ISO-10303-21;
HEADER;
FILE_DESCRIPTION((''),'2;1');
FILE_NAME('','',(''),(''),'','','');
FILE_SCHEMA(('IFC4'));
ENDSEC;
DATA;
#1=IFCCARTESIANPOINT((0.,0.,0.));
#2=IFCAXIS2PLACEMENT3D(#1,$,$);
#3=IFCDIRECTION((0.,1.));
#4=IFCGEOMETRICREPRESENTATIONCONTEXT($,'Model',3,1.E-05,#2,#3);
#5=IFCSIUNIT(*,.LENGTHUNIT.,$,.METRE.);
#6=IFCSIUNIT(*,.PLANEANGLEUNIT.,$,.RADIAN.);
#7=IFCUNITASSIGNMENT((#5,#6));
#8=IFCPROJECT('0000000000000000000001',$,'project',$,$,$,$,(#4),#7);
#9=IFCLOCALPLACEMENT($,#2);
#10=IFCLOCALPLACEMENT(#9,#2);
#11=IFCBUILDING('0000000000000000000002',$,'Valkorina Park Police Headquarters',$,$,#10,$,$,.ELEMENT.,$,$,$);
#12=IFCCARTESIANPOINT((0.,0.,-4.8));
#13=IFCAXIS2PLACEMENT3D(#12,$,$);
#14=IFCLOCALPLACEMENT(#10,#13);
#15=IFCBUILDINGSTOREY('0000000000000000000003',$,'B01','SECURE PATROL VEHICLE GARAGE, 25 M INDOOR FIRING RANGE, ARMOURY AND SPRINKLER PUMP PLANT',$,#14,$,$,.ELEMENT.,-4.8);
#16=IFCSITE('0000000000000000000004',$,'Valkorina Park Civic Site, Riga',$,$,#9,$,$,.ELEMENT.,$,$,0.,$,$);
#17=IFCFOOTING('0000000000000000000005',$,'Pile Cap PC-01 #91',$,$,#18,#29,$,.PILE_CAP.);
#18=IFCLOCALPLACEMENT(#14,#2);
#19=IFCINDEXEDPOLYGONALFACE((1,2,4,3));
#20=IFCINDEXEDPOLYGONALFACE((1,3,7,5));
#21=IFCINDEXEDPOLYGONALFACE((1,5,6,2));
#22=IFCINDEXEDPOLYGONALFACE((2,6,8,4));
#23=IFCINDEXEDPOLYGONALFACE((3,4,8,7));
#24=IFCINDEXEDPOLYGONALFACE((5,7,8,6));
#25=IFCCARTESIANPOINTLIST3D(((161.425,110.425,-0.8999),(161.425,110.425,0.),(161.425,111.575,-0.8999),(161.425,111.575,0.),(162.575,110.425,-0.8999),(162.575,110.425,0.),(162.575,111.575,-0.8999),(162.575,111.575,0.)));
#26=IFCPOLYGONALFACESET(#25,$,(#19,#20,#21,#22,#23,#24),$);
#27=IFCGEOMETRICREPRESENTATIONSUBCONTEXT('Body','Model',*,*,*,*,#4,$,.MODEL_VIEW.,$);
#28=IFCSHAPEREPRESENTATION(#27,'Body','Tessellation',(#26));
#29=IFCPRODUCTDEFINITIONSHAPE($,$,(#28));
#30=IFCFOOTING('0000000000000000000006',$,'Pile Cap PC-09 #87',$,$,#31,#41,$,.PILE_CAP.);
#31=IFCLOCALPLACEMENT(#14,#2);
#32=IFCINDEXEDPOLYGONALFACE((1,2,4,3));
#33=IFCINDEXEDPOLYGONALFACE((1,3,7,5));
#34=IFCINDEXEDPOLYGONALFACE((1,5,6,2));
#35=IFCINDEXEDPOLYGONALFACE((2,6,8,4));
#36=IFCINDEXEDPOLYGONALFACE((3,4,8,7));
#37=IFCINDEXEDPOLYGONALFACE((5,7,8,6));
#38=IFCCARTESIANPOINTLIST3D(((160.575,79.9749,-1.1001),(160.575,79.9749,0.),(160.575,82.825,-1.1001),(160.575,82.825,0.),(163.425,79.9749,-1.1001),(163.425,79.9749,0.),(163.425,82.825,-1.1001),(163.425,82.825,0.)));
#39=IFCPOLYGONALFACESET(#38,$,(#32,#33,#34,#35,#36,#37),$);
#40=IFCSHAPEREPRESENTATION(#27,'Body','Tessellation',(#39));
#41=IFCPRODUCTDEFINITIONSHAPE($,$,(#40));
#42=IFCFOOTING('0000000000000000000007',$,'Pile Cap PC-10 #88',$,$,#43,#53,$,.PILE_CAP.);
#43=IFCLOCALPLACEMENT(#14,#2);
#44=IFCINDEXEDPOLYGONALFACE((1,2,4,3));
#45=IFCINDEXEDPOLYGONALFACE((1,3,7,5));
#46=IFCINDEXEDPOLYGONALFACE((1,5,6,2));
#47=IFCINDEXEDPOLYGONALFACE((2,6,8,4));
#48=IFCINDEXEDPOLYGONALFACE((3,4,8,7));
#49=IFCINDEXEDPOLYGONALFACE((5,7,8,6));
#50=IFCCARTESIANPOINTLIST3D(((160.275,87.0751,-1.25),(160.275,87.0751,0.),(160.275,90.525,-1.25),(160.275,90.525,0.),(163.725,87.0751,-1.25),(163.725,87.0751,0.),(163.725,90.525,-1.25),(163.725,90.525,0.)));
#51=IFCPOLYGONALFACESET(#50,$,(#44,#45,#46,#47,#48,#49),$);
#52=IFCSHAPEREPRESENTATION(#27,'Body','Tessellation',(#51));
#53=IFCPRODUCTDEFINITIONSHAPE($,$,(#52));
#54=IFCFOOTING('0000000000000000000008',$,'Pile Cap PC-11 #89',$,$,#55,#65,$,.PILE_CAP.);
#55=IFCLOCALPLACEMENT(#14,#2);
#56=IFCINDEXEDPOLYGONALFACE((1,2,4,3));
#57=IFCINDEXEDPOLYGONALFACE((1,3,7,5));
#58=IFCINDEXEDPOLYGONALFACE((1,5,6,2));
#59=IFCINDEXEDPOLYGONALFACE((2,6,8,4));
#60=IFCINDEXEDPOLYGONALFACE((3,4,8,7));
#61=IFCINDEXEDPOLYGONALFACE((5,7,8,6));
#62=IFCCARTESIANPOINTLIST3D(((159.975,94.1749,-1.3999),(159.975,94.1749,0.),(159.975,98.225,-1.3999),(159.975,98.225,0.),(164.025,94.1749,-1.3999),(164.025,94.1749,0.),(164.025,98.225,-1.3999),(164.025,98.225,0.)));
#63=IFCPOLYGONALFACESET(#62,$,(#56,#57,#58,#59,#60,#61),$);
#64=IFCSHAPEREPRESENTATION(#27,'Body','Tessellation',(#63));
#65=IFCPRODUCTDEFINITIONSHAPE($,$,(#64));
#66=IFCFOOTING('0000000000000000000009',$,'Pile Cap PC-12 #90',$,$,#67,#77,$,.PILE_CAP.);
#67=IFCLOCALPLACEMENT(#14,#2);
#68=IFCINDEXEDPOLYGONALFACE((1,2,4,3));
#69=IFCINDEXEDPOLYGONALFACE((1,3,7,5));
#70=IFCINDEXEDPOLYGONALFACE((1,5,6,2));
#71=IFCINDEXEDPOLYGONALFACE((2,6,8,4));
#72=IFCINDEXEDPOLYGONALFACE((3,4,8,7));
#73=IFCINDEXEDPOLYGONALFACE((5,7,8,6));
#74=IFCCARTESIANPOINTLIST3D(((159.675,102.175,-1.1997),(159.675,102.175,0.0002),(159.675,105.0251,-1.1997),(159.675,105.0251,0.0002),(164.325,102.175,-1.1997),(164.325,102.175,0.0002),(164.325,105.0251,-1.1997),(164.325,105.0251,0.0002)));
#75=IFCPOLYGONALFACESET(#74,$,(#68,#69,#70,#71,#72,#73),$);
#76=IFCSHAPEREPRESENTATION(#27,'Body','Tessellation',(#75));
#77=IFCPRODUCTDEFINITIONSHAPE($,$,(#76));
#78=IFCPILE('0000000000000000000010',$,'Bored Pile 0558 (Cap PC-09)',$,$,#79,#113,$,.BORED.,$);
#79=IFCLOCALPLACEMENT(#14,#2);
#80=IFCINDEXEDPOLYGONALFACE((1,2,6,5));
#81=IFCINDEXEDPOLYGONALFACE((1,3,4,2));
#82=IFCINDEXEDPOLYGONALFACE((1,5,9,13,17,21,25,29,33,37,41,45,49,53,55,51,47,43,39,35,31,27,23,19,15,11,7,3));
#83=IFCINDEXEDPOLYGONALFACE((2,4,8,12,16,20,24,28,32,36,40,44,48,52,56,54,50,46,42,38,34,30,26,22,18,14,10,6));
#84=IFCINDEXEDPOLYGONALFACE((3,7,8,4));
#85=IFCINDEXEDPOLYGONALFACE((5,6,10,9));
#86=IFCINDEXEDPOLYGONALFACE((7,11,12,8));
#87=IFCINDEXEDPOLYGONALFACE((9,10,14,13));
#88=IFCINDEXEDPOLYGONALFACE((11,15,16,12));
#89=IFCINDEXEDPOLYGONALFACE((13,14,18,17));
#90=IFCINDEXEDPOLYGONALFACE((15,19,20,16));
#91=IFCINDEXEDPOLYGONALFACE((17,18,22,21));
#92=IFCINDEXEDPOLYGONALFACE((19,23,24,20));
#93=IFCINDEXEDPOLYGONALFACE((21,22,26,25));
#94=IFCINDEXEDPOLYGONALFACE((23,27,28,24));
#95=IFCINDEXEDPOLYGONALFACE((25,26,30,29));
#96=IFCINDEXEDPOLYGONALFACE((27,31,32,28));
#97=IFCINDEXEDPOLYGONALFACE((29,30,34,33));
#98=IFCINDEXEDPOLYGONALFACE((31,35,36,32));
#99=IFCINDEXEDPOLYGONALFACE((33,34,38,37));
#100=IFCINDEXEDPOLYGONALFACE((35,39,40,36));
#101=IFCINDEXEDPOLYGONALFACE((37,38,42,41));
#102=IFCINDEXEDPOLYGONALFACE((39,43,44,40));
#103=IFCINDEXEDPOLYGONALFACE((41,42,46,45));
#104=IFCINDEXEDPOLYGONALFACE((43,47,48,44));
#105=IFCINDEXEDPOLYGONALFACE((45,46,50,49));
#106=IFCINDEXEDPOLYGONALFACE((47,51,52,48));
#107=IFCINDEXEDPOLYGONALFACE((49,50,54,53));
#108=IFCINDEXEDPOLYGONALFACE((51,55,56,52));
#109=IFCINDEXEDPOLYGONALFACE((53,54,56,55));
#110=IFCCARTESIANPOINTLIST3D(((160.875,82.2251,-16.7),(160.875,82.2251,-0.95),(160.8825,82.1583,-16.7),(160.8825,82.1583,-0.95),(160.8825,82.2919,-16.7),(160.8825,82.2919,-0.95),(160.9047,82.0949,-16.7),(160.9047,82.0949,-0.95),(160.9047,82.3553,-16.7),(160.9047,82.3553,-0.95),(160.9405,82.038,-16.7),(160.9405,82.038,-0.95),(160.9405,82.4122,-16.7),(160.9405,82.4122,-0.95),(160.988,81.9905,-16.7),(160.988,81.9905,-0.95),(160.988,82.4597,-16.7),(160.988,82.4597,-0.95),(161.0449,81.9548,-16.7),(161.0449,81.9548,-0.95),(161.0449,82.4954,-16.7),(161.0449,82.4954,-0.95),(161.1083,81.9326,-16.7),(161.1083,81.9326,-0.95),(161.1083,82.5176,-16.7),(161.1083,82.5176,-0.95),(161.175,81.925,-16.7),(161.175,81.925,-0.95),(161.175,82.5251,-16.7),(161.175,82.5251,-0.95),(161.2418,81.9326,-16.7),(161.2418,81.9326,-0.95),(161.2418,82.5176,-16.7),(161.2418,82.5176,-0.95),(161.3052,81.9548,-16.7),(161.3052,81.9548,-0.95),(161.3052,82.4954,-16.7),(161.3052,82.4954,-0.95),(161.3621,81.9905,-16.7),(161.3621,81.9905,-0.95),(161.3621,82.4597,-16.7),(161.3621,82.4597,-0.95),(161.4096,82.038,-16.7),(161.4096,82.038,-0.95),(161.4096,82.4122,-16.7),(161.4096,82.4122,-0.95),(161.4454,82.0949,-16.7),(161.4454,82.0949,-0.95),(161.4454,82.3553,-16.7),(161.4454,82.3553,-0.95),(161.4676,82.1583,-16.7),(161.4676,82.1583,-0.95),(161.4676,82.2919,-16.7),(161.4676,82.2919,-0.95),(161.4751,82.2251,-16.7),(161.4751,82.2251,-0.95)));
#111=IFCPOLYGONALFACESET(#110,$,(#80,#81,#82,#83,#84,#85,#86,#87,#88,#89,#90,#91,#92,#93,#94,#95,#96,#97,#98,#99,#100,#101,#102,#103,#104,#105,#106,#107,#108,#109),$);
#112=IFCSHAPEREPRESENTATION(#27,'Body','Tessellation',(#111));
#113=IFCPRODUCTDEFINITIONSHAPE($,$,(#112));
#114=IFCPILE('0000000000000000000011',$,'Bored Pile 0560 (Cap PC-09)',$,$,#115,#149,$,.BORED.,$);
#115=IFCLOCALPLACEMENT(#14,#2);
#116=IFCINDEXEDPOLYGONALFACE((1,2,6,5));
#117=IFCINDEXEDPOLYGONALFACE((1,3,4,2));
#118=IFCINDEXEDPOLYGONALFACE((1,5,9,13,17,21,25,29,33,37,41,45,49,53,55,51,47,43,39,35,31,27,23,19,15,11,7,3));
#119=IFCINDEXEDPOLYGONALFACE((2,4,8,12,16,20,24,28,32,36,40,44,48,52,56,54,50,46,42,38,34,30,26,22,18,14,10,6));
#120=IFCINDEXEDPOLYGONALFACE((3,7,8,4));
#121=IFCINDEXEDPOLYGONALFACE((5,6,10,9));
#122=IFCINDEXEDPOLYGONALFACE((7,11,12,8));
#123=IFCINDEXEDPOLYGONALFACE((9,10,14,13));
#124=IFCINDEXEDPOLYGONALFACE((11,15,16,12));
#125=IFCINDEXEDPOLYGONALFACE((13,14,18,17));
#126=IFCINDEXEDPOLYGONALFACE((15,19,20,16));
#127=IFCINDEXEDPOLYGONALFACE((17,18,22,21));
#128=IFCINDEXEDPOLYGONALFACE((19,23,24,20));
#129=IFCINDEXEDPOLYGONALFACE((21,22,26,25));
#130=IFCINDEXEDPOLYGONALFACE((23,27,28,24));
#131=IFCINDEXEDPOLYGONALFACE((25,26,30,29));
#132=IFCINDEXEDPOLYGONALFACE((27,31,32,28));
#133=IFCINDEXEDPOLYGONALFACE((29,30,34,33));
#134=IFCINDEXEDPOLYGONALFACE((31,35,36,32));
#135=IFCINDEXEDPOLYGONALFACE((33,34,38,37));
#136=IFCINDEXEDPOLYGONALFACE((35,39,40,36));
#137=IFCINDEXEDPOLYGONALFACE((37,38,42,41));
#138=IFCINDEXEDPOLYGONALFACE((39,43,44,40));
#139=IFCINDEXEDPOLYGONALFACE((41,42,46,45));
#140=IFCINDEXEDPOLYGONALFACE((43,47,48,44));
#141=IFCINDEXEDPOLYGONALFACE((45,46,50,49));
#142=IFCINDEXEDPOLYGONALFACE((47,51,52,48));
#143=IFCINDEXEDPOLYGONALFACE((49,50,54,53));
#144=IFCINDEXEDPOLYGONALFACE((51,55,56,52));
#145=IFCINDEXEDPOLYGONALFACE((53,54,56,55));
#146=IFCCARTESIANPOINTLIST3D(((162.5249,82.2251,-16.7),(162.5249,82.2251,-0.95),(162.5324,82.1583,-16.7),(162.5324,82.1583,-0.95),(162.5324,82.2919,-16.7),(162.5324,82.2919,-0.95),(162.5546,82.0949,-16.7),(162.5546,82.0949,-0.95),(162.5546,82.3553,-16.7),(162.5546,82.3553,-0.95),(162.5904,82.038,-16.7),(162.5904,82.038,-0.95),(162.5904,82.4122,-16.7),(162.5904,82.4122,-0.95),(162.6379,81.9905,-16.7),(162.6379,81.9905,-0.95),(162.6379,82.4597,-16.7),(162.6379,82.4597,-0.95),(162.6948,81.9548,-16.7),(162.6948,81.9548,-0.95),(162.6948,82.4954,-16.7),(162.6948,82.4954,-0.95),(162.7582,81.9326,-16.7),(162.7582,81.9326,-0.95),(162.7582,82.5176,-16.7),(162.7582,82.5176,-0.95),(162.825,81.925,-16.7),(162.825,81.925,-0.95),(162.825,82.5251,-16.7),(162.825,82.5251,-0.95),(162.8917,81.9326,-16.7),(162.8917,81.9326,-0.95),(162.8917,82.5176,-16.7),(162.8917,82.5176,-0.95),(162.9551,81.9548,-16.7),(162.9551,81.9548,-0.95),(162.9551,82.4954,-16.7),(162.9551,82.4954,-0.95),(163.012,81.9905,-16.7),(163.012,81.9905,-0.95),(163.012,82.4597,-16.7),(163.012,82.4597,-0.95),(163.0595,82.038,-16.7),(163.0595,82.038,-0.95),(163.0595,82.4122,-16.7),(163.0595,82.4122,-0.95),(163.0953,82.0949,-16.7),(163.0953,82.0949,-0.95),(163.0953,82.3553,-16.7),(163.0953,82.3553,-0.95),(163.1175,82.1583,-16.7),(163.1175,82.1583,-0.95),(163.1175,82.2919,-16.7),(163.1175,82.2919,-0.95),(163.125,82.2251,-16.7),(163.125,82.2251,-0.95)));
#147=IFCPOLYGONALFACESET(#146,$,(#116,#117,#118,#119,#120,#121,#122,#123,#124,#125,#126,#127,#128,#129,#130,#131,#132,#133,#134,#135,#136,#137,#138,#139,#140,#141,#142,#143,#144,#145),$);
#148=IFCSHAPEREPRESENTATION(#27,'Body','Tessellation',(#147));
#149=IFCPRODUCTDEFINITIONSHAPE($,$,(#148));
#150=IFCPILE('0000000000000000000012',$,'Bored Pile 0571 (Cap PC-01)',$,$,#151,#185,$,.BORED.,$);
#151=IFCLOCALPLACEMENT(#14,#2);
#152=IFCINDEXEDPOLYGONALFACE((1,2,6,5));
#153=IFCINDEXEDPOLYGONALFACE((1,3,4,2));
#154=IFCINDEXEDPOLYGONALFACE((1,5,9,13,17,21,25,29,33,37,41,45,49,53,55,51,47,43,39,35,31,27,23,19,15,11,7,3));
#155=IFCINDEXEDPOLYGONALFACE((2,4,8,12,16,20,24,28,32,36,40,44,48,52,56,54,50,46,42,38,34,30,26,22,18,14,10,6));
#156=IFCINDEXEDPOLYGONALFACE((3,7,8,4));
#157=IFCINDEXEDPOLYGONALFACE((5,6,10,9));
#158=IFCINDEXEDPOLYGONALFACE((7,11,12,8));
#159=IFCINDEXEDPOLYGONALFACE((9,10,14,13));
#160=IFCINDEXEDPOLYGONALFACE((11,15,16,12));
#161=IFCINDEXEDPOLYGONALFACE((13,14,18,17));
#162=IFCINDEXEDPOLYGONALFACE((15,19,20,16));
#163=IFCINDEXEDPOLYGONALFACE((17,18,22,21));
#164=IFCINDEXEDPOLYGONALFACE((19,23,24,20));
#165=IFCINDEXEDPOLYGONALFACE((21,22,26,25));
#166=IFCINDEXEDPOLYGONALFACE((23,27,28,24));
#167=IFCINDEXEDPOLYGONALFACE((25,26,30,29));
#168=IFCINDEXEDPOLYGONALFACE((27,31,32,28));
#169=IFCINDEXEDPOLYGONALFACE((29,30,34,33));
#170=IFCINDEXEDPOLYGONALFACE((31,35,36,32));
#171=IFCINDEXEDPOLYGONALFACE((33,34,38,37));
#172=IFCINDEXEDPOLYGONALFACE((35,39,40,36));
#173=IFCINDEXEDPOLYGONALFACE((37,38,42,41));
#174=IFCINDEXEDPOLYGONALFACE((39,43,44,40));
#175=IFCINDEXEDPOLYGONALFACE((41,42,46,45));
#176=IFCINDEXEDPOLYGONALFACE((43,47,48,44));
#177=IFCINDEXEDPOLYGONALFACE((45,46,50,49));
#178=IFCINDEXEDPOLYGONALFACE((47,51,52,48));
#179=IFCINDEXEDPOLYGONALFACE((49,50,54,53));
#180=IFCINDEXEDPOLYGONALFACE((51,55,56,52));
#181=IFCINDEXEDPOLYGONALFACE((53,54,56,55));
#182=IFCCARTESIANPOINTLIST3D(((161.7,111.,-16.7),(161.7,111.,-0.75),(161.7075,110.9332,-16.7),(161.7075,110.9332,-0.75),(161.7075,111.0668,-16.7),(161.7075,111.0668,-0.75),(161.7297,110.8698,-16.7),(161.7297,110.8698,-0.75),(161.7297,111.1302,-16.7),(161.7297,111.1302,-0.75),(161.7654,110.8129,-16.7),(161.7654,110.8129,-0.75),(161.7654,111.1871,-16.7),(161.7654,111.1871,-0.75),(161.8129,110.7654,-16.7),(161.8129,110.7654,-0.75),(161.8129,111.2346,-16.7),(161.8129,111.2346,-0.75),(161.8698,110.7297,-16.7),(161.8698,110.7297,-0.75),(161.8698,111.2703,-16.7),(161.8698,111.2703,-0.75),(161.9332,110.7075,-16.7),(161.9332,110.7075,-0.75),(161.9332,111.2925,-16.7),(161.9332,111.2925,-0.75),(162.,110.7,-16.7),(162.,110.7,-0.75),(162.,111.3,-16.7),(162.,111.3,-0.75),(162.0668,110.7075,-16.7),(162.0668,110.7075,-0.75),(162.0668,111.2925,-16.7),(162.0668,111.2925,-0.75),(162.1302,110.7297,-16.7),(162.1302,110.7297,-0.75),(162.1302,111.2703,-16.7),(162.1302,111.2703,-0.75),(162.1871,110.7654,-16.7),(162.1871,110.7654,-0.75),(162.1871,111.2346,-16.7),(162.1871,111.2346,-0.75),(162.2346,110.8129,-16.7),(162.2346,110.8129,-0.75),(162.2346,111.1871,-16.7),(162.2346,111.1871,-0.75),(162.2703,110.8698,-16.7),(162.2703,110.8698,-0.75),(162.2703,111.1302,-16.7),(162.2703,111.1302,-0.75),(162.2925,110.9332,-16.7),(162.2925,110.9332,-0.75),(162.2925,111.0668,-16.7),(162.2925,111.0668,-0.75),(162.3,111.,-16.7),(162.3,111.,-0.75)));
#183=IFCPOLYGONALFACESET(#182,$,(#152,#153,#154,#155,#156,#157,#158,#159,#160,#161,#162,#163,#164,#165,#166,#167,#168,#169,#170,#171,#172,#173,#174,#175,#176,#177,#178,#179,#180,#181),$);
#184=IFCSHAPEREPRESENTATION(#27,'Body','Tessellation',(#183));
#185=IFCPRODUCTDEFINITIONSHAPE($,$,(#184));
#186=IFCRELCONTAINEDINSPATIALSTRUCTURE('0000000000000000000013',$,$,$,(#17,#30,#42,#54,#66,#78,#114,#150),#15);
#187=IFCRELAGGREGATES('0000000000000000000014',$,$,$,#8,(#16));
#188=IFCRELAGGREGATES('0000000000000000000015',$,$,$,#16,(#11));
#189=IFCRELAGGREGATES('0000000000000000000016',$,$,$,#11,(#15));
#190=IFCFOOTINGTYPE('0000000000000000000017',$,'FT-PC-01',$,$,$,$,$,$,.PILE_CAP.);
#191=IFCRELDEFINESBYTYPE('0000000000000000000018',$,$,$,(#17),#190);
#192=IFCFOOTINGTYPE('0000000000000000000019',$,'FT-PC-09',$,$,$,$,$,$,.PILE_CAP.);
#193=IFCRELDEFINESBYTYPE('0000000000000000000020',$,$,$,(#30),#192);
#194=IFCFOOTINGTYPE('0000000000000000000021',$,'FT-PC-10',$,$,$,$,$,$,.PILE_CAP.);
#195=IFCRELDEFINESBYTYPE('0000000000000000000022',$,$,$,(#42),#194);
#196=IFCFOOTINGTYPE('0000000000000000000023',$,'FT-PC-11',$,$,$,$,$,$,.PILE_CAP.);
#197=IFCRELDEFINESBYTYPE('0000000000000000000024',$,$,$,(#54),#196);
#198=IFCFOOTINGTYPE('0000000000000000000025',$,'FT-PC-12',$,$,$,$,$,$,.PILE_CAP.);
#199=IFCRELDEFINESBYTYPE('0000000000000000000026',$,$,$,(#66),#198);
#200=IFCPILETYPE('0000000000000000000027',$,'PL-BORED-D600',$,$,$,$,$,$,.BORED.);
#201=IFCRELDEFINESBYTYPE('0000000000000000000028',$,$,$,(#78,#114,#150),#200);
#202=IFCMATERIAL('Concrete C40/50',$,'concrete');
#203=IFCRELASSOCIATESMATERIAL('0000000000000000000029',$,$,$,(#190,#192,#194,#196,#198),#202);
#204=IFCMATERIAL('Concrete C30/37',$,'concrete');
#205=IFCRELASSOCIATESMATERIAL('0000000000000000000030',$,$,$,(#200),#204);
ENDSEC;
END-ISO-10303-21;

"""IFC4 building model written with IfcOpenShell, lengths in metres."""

from ifc_helpers import new_model, si_unit, direction, frame, origin, origin_2d, place, context, subcontext, project, spatial, rectangle, circle, extrude, material, material_profile, profile_set, type_object, element, save


model = new_model("IFC4")

# Units and contexts
model_context = context("Model", 3, precision=1e-05, world=origin(), true_north=direction((0.0, 1.0)))
body_context = subcontext(model_context, "Body", "Model", "MODEL_VIEW")
ifc_project = project(units=[si_unit("LENGTHUNIT", "METRE"), si_unit("PLANEANGLEUNIT", "RADIAN")], contexts=[model_context])

# Site, building, storey
site_placement = place(None, origin())
site = spatial("IfcSite", under=ifc_project, at=site_placement, Name="Valkorina Park Civic Site, Riga", CompositionType="ELEMENT", RefElevation=0.0)
building_placement = place(site_placement, origin())
building = spatial("IfcBuilding", under=site, at=building_placement, Name="Valkorina Park Police Headquarters", CompositionType="ELEMENT")
storey_placement = place(building_placement, frame((0.0, 0.0, -4.8)))
storey = spatial("IfcBuildingStorey", under=building, at=storey_placement, Name="B01", Description="SECURE PATROL VEHICLE GARAGE, 25 M INDOOR FIRING RANGE, ARMOURY AND SPRINKLER PUMP PLANT", CompositionType="ELEMENT", Elevation=-4.8)

# Footings
ifc_material_1 = material(Name="Concrete C40/50", Category="concrete")
footing_type_1 = type_object("IfcFootingType", Name="FT-PC-01", PredefinedType="PILE_CAP", material=ifc_material_1)
footing_1_placement = place(storey_placement, frame((162.0, 111.0, -0.8999), z_axis=(0.0, 0.0, 1.0), x_axis=(1.0, 0.0, 0.0)))
element("IfcFooting", 1, at=footing_1_placement, inside=storey, type_object=footing_type_1, Name="Pile Cap PC-01 #91", PredefinedType="PILE_CAP", context=body_context, shape_type="SweptSolid", body=[
    extrude(rectangle(XDim=1.1499, YDim=1.1499, at=origin_2d()), origin(), (0.0, 0.0, 1.0), 0.8999),
])
footing_type_2 = type_object("IfcFootingType", Name="FT-PC-09", PredefinedType="PILE_CAP", material=ifc_material_1)
footing_2_placement = place(storey_placement, frame((162.0, 81.3999, -1.1001), z_axis=(0.0, 0.0, 1.0), x_axis=(1.0, 0.0, 0.0)))
element("IfcFooting", 2, at=footing_2_placement, inside=storey, type_object=footing_type_2, Name="Pile Cap PC-09 #87", PredefinedType="PILE_CAP", context=body_context, shape_type="SweptSolid", body=[
    extrude(rectangle(XDim=2.8501, YDim=2.8501, at=origin_2d()), origin(), (0.0, 0.0, 1.0), 1.1001),
])
footing_type_3 = type_object("IfcFootingType", Name="FT-PC-10", PredefinedType="PILE_CAP", material=ifc_material_1)
footing_3_placement = place(storey_placement, frame((162.0, 88.8, -1.25), z_axis=(0.0, 0.0, 1.0), x_axis=(1.0, 0.0, 0.0)))
element("IfcFooting", 3, at=footing_3_placement, inside=storey, type_object=footing_type_3, Name="Pile Cap PC-10 #88", PredefinedType="PILE_CAP", context=body_context, shape_type="SweptSolid", body=[
    extrude(rectangle(XDim=3.45, YDim=3.45, at=origin_2d()), origin(), (0.0, 0.0, 1.0), 1.25),
])
footing_type_4 = type_object("IfcFootingType", Name="FT-PC-11", PredefinedType="PILE_CAP", material=ifc_material_1)
footing_4_placement = place(storey_placement, frame((162.0, 96.2, -1.3999), z_axis=(0.0, 0.0, 1.0), x_axis=(1.0, 0.0, 0.0)))
element("IfcFooting", 4, at=footing_4_placement, inside=storey, type_object=footing_type_4, Name="Pile Cap PC-11 #89", PredefinedType="PILE_CAP", context=body_context, shape_type="SweptSolid", body=[
    extrude(rectangle(XDim=4.05, YDim=4.05, at=origin_2d()), origin(), (0.0, 0.0, 1.0), 1.3999),
])
footing_type_5 = type_object("IfcFootingType", Name="FT-PC-12", PredefinedType="PILE_CAP", material=ifc_material_1)
footing_5_placement = place(storey_placement, frame((162.0, 103.6001, -1.1997), z_axis=(0.0, 0.0, 1.0), x_axis=(1.0, 0.0, 0.0)))
element("IfcFooting", 5, at=footing_5_placement, inside=storey, type_object=footing_type_5, Name="Pile Cap PC-12 #90", PredefinedType="PILE_CAP", context=body_context, shape_type="SweptSolid", body=[
    extrude(rectangle(XDim=4.6499, YDim=2.8501, at=origin_2d()), origin(), (0.0, 0.0, 1.0), 1.2),
])

# Piles
ifc_material_2 = material(Name="Concrete C30/37", Category="concrete")
ifc_material_profile_1 = material_profile(ifc_material_2, circle(Radius=0.3, at=origin_2d()), Name="BORED PILE D600")
ifc_profile_set_1 = profile_set([ifc_material_profile_1], Name="Concrete C30/37")
pile_type_1 = type_object("IfcPileType", Name="PL-BORED-D600", PredefinedType="BORED", material=ifc_profile_set_1)
for number, where, z_axis, x_axis, name in (
    (6, (161.175, 82.2251, -0.95), (0.0, 0.0, -1.0), (1.0, 0.0, 0.0), "Bored Pile 0558 (Cap PC-09)"),
    (7, (162.825, 82.2251, -0.95), (0.0, 0.0, -1.0), (1.0, 0.0, 0.0), "Bored Pile 0560 (Cap PC-09)"),
):
    element("IfcPile", number, at=place(storey_placement, frame(where, z_axis=z_axis, x_axis=x_axis)), inside=storey, type_object=pile_type_1, Name=name, PredefinedType="BORED", context=body_context, shape_type="SweptSolid", body=[
        extrude(circle(Radius=0.3, at=origin_2d()), origin(), (0.0, 0.0, 1.0), 15.75),
    ])
pile_placement = place(storey_placement, frame((162.0, 111.0, -0.75), z_axis=(0.0, 0.0, -1.0), x_axis=(1.0, 0.0, 0.0)))
element("IfcPile", 8, at=pile_placement, inside=storey, type_object=pile_type_1, Name="Bored Pile 0571 (Cap PC-01)", PredefinedType="BORED", context=body_context, shape_type="SweptSolid", body=[
    extrude(circle(Radius=0.3, at=origin_2d()), origin(), (0.0, 0.0, 1.0), 15.95),
])

save(model, "model.ifc")
